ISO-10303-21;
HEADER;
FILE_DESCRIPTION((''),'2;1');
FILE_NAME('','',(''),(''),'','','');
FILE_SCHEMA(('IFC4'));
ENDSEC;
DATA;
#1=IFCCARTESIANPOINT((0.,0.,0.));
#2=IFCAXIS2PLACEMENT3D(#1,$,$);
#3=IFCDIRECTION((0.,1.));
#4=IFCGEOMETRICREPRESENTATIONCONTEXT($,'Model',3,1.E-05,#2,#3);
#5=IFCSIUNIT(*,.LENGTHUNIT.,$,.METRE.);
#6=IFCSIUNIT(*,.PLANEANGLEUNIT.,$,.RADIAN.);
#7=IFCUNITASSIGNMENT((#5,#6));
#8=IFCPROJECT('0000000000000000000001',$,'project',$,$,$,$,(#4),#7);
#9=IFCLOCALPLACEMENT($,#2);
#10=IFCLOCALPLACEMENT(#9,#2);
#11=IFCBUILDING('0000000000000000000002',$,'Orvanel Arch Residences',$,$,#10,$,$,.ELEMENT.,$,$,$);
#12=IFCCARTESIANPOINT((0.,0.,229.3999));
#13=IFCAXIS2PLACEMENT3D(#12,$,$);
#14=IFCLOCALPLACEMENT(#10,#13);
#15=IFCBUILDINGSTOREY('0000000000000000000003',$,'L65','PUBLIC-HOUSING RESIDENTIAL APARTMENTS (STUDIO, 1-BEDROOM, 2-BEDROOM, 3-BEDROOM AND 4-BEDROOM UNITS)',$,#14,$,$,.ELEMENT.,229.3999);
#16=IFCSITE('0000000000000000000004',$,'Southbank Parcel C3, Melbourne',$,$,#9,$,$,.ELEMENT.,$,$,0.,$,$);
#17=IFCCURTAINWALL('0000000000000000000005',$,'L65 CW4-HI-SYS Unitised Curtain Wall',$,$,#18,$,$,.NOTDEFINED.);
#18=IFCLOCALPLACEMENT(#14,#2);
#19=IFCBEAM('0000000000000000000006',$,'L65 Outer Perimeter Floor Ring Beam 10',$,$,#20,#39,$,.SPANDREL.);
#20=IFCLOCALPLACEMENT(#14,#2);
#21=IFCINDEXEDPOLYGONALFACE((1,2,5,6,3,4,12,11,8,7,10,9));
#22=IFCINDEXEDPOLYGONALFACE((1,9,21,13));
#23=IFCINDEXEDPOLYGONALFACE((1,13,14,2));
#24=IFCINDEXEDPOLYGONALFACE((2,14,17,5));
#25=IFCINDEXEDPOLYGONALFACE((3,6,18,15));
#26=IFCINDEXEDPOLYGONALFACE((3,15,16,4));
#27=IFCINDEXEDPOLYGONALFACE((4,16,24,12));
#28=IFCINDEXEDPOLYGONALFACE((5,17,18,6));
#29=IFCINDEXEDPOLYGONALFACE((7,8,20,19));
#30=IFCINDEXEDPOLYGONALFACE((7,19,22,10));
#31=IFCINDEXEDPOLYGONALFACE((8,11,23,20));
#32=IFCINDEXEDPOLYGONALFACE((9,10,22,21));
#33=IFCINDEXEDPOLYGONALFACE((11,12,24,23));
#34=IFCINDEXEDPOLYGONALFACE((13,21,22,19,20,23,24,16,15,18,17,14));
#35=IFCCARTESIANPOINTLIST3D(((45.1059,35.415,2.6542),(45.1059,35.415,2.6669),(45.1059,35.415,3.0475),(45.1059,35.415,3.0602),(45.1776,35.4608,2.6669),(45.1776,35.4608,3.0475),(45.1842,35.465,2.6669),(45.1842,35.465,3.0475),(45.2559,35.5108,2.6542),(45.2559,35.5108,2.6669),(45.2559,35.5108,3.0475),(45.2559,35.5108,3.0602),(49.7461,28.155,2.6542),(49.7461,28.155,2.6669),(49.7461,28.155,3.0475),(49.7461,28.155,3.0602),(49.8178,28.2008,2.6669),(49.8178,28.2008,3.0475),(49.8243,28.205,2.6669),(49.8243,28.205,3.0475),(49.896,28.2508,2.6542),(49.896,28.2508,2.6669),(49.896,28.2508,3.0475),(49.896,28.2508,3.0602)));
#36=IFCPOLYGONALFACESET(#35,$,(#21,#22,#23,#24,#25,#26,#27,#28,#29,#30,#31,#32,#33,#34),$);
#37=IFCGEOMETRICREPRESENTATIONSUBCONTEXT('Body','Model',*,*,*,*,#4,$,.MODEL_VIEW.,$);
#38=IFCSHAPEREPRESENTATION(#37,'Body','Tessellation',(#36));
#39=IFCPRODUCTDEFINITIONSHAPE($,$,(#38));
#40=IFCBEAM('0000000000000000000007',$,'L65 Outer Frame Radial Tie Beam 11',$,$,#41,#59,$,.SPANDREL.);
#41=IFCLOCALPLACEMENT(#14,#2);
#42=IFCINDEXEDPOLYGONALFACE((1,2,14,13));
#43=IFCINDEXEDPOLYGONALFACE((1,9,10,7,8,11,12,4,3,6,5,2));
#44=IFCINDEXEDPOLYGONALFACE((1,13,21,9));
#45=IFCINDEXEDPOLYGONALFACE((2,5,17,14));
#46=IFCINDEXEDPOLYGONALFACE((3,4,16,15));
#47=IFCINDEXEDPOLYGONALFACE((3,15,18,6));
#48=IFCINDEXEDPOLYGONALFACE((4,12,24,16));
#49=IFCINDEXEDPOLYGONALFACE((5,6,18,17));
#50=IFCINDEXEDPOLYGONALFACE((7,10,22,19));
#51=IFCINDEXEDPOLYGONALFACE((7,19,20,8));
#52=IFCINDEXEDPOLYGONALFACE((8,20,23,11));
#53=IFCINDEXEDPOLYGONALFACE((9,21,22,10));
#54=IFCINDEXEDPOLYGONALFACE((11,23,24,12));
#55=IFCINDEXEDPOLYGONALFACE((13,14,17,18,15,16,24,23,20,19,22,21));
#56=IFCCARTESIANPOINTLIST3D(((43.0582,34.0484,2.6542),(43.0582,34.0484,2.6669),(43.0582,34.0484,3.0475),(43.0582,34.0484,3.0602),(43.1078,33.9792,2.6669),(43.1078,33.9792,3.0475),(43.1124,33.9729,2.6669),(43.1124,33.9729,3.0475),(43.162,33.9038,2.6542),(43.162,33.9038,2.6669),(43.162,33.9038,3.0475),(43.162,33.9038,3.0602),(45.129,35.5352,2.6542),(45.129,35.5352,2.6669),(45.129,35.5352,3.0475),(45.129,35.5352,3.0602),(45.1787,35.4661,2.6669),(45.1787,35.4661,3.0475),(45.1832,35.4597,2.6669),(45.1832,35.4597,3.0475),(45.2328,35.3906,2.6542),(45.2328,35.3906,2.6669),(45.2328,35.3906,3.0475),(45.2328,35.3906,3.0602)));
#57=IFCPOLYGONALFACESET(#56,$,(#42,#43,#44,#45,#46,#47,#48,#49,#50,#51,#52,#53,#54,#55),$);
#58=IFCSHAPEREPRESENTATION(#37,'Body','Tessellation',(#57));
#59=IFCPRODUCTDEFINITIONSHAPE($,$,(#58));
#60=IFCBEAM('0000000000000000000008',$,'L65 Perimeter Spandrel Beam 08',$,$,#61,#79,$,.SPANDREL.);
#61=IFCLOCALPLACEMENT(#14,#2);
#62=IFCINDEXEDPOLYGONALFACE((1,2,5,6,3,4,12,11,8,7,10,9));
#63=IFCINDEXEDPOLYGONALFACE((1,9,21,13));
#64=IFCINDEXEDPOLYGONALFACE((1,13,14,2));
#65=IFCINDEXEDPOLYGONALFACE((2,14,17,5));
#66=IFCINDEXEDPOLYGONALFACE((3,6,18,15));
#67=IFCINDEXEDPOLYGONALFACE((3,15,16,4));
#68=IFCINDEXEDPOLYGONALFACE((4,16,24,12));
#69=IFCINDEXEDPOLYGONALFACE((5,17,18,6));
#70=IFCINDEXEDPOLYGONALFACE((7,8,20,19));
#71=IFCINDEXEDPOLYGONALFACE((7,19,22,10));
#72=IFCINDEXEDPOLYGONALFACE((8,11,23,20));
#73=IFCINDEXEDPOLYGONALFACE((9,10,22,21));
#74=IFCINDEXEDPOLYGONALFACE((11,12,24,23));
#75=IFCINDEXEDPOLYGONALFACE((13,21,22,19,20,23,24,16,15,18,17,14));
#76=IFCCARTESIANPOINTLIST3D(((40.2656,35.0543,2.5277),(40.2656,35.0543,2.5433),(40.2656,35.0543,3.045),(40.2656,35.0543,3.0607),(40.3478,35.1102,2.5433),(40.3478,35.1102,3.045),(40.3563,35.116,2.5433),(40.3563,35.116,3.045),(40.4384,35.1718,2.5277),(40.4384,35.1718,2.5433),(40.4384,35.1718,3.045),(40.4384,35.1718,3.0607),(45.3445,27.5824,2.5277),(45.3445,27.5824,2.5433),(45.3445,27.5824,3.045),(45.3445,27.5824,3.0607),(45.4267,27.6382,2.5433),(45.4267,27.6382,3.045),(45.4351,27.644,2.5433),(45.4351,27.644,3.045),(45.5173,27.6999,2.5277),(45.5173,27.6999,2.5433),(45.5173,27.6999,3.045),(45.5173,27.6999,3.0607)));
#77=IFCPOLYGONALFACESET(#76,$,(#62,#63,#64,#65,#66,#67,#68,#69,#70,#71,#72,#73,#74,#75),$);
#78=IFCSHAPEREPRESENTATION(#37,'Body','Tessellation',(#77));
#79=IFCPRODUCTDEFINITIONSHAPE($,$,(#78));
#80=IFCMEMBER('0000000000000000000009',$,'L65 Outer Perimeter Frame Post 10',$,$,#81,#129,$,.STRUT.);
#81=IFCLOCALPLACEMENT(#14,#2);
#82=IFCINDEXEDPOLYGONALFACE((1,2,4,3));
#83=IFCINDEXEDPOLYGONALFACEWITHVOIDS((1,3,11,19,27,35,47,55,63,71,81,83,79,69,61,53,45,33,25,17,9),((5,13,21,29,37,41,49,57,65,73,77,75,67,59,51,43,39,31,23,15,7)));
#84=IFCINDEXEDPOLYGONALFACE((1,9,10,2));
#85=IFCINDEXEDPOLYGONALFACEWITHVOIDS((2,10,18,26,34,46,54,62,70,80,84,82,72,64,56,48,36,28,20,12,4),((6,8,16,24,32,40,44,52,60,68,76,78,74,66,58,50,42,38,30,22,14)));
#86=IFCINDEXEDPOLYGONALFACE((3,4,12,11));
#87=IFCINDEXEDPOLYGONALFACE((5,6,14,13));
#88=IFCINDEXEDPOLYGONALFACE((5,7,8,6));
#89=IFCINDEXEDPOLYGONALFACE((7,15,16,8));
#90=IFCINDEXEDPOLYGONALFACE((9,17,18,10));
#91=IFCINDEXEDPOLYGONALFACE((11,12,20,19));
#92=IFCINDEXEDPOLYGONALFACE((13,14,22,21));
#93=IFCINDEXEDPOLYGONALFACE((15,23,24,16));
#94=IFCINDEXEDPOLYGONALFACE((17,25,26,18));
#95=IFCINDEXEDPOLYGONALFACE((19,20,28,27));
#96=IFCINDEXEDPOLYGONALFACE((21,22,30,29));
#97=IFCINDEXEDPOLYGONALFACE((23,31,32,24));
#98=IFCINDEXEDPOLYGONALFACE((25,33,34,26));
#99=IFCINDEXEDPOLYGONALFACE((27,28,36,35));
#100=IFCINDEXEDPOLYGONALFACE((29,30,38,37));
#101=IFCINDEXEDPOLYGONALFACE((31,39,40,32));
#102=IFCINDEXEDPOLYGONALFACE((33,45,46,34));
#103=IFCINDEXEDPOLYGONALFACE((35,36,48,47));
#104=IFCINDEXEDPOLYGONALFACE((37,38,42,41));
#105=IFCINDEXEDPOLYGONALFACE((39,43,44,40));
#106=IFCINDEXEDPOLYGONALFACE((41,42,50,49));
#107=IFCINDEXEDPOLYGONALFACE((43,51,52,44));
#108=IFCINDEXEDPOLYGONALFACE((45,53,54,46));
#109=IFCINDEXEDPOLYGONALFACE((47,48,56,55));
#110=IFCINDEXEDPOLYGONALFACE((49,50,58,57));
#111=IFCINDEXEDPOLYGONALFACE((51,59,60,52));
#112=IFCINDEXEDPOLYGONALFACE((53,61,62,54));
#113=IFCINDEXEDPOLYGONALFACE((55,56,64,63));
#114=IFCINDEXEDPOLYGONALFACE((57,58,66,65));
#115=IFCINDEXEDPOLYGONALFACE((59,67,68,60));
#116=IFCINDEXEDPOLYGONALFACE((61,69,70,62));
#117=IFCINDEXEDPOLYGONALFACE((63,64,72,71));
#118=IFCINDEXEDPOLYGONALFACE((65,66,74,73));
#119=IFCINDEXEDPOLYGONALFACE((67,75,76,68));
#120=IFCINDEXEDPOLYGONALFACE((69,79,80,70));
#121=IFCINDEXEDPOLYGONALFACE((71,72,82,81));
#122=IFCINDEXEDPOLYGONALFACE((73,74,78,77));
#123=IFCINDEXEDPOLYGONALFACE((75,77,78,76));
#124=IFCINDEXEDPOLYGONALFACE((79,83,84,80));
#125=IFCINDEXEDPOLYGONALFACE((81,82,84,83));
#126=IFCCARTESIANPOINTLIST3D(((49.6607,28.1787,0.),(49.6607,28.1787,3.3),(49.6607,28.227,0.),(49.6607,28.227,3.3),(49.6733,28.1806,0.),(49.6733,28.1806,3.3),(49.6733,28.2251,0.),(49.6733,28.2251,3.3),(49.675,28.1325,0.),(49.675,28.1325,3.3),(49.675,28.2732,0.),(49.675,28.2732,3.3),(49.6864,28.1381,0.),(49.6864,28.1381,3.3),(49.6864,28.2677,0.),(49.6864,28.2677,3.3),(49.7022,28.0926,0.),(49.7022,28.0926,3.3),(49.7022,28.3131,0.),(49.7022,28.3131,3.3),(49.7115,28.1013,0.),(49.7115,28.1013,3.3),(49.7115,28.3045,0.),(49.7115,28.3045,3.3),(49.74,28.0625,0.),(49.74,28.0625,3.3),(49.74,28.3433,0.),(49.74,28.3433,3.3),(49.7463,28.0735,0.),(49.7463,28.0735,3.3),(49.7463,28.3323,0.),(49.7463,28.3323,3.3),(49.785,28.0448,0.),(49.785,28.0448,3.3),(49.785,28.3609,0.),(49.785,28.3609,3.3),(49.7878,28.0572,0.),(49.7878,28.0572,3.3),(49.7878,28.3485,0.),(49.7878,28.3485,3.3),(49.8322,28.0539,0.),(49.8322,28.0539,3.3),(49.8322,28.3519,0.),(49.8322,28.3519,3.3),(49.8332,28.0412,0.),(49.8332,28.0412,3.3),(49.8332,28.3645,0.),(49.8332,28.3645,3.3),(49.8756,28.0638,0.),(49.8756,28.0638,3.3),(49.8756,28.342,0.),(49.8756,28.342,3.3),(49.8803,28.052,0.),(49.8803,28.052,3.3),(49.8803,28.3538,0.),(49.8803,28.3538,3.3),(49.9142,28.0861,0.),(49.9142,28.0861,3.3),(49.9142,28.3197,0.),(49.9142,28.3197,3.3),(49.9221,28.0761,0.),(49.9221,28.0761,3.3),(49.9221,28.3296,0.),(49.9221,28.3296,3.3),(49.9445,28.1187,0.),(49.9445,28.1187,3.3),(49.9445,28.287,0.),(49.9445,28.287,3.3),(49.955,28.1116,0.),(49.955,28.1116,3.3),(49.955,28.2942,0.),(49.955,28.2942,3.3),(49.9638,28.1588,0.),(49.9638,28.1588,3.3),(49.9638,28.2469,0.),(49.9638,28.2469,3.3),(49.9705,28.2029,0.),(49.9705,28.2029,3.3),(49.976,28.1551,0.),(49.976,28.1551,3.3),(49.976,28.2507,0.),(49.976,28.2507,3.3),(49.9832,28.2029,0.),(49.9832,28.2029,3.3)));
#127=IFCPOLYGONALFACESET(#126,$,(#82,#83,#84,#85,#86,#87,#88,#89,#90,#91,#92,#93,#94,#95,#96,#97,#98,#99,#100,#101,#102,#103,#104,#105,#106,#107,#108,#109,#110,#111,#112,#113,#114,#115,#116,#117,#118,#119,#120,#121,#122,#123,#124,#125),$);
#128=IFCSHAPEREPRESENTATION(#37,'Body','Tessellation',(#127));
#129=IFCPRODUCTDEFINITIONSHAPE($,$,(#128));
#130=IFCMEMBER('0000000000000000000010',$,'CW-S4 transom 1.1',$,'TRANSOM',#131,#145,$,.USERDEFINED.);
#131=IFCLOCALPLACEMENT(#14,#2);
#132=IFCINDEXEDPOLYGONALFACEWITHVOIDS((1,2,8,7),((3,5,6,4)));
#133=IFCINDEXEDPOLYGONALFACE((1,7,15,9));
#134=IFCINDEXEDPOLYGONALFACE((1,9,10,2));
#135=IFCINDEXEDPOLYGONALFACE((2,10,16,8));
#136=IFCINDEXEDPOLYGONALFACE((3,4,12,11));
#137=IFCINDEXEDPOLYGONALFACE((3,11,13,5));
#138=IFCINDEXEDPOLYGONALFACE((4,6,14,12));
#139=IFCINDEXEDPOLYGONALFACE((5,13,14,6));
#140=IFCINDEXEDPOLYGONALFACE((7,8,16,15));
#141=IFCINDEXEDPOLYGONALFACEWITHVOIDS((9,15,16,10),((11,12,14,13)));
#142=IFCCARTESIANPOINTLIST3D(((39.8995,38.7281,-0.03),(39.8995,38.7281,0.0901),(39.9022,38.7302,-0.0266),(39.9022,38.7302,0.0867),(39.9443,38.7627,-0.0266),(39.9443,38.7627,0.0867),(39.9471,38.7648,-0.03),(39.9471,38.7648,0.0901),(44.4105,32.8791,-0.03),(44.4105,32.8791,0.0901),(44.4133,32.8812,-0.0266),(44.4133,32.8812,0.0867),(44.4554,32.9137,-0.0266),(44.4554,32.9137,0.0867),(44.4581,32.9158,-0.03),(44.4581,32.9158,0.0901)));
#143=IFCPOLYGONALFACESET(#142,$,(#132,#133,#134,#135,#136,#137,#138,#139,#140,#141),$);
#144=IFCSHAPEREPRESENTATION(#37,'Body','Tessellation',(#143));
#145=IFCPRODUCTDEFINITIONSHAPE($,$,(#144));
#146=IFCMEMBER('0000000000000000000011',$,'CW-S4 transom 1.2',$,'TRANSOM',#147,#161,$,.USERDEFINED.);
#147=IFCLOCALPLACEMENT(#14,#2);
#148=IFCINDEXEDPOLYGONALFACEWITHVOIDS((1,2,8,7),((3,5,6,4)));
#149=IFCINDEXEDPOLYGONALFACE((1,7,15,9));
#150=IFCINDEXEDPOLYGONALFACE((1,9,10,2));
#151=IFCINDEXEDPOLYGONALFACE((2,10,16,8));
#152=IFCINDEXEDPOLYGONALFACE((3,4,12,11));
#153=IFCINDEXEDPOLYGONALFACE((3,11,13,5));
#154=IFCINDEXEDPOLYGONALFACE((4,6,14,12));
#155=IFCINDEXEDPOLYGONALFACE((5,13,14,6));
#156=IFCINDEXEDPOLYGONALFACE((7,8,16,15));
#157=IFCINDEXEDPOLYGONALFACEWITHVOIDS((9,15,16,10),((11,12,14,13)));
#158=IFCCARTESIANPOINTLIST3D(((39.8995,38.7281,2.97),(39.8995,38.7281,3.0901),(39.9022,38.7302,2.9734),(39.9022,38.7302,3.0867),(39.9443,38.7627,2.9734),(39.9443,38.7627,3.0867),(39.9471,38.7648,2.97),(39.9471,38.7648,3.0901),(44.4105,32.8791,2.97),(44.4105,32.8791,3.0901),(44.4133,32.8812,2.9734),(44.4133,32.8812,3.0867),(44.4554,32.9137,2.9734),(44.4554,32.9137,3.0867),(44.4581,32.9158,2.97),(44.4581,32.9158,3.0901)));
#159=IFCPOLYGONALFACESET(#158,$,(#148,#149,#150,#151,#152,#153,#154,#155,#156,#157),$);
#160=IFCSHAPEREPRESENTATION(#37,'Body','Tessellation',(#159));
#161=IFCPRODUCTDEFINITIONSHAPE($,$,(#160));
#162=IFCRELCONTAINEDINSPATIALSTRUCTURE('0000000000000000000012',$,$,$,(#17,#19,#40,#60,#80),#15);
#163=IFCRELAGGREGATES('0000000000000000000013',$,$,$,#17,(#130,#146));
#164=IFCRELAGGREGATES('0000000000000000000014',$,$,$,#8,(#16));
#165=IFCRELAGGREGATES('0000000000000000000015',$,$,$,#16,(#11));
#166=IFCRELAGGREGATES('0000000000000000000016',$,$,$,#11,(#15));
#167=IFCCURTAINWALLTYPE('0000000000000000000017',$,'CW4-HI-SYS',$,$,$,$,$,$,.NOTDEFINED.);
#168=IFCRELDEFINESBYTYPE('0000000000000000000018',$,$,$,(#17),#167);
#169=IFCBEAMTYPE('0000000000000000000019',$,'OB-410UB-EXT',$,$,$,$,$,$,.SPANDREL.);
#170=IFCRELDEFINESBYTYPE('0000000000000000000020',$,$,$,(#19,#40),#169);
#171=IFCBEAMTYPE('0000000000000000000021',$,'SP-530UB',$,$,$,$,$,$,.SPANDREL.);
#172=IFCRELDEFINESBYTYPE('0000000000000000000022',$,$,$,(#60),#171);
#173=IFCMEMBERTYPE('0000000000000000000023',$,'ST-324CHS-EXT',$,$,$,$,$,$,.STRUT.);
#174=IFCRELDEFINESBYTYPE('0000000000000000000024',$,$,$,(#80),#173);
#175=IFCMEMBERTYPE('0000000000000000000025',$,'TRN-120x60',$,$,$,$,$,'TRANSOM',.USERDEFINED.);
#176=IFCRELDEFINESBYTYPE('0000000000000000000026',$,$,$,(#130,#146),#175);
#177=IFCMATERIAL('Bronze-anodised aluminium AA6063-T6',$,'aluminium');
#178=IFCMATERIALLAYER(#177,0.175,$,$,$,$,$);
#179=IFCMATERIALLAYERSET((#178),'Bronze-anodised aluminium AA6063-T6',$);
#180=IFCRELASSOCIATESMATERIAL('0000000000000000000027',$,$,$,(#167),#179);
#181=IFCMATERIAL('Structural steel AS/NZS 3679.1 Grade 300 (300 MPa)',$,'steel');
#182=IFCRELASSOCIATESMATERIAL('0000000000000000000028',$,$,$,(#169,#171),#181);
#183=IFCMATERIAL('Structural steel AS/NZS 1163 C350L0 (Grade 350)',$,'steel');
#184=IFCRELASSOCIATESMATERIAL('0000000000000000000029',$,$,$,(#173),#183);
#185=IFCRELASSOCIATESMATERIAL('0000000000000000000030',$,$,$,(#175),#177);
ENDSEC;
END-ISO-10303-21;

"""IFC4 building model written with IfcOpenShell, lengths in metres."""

from ifc_helpers import new_model, si_unit, direction, frame, origin, origin_2d, place, context, subcontext, project, spatial, hollow_rectangle, hollow_circle, i_section, extrude, material, layer, layer_set, material_profile, profile_set, type_object, element, aggregate, save


model = new_model("IFC4")

# Units and contexts
model_context = context("Model", 3, precision=1e-05, world=origin(), true_north=direction((0.0, 1.0)))
body_context = subcontext(model_context, "Body", "Model", "MODEL_VIEW")
ifc_project = project(units=[si_unit("LENGTHUNIT", "METRE"), si_unit("PLANEANGLEUNIT", "RADIAN")], contexts=[model_context])

# Site, building, storey
site_placement = place(None, origin())
site = spatial("IfcSite", under=ifc_project, at=site_placement, Name="Southbank Parcel C3, Melbourne", CompositionType="ELEMENT", RefElevation=0.0)
building_placement = place(site_placement, origin())
building = spatial("IfcBuilding", under=site, at=building_placement, Name="Orvanel Arch Residences", CompositionType="ELEMENT")
storey_placement = place(building_placement, frame((0.0, 0.0, 229.3999)))
storey = spatial("IfcBuildingStorey", under=building, at=storey_placement, Name="L65", Description="PUBLIC-HOUSING RESIDENTIAL APARTMENTS (STUDIO, 1-BEDROOM, 2-BEDROOM, 3-BEDROOM AND 4-BEDROOM UNITS)", CompositionType="ELEMENT", Elevation=229.3999)

# Shared definitions
ifc_material_1 = material(Name="Structural steel AS/NZS 1163 C350L0 (Grade 350)", Category="steel")

# Shared definitions
ifc_material_2 = material(Name="Structural steel AS/NZS 3679.1 Grade 300 (300 MPa)", Category="steel")

# Curtain wall
ifc_material_3 = material(Name="Bronze-anodised aluminium AA6063-T6", Category="aluminium")
ifc_layer_1 = layer(ifc_material_3, 0.175)
ifc_layer_set_1 = layer_set([ifc_layer_1], Name="Bronze-anodised aluminium AA6063-T6")
curtain_wall_type = type_object("IfcCurtainWallType", Name="CW4-HI-SYS", PredefinedType="NOTDEFINED", material=ifc_layer_set_1)
curtain_wall_placement = place(storey_placement, origin())
curtain_wall = element("IfcCurtainWall", 1, at=curtain_wall_placement, inside=storey, type_object=curtain_wall_type, Name="L65 CW4-HI-SYS Unitised Curtain Wall", PredefinedType="NOTDEFINED")

# Beams
ifc_material_profile_1 = material_profile(ifc_material_2, i_section(OverallWidth=0.178, OverallDepth=0.406, WebThickness=0.0078, FlangeThickness=0.0127, at=origin_2d()), Name="410UB59.7")
ifc_profile_set_1 = profile_set([ifc_material_profile_1], Name="Structural steel AS/NZS 3679.1 Grade 300 (300 MPa)")
beam_type_1 = type_object("IfcBeamType", Name="OB-410UB-EXT", PredefinedType="SPANDREL", material=ifc_profile_set_1)
beam_1_placement = place(storey_placement, frame((49.821, 28.2029, 2.8572), z_axis=(-0.538537, 0.842602, 0.0), x_axis=(-0.842602, -0.538537, 0.0)))
element("IfcBeam", 2, at=beam_1_placement, inside=storey, type_object=beam_type_1, Name="L65 Outer Perimeter Floor Ring Beam 10", PredefinedType="SPANDREL", context=body_context, shape_type="SweptSolid", body=[
    extrude(i_section(OverallWidth=0.178, OverallDepth=0.406, WebThickness=0.0078, FlangeThickness=0.0127, at=origin_2d()), origin(), (0.0, 0.0, 1.0), 8.6162),
])
beam_2_placement = place(storey_placement, frame((43.1101, 33.9761, 2.8572), z_axis=(0.812307, 0.583229, 0.0), x_axis=(-0.583229, 0.812307, 0.0)))
element("IfcBeam", 3, at=beam_2_placement, inside=storey, type_object=beam_type_1, Name="L65 Outer Frame Radial Tie Beam 11", PredefinedType="SPANDREL", context=body_context, shape_type="SweptSolid", body=[
    extrude(i_section(OverallWidth=0.178, OverallDepth=0.406, WebThickness=0.0078, FlangeThickness=0.0127, at=origin_2d()), origin(), (0.0, 0.0, 1.0), 2.5493),
])
ifc_material_profile_2 = material_profile(ifc_material_2, i_section(OverallWidth=0.209, OverallDepth=0.533, WebThickness=0.0103, FlangeThickness=0.0156, at=origin_2d()), Name="530UB92.4")
ifc_profile_set_2 = profile_set([ifc_material_profile_2], Name="Structural steel AS/NZS 3679.1 Grade 300 (300 MPa)")
beam_type_2 = type_object("IfcBeamType", Name="SP-530UB", PredefinedType="SPANDREL", material=ifc_profile_set_2)
beam_3_placement = place(storey_placement, frame((45.4309, 27.6411, 2.7942), z_axis=(-0.562155, 0.827032, 0.0), x_axis=(-0.827032, -0.562155, 0.0)))
element("IfcBeam", 4, at=beam_3_placement, inside=storey, type_object=beam_type_2, Name="L65 Perimeter Spandrel Beam 08", PredefinedType="SPANDREL", context=body_context, shape_type="SweptSolid", body=[
    extrude(i_section(OverallWidth=0.209, OverallDepth=0.533, WebThickness=0.0103, FlangeThickness=0.0156, at=origin_2d()), origin(), (0.0, 0.0, 1.0), 9.0347),
])

# Members
ifc_material_profile_3 = material_profile(ifc_material_1, hollow_circle(Radius=0.1621, WallThickness=0.0127, at=origin_2d()), Name="CHS324x12.7")
ifc_profile_set_3 = profile_set([ifc_material_profile_3], Name="Structural steel AS/NZS 1163 C350L0 (Grade 350)")
member_type_1 = type_object("IfcMemberType", Name="ST-324CHS-EXT", PredefinedType="STRUT", material=ifc_profile_set_3)
member_1_placement = place(storey_placement, frame((49.821, 28.2029, 0.0), z_axis=(0.0, 0.0, 1.0), x_axis=(1.0, 0.0, 0.0)))
element("IfcMember", 5, at=member_1_placement, inside=storey, type_object=member_type_1, Name="L65 Outer Perimeter Frame Post 10", PredefinedType="STRUT", context=body_context, shape_type="SweptSolid", body=[
    extrude(hollow_circle(Radius=0.1621, WallThickness=0.0127, at=origin_2d()), origin(), (0.0, 0.0, 1.0), 3.3),
])
ifc_material_profile_4 = material_profile(ifc_material_3, hollow_rectangle(XDim=0.0601, YDim=0.1201, WallThickness=0.0034, at=origin_2d()), Name="ALU120x60x3.5")
ifc_profile_set_4 = profile_set([ifc_material_profile_4], Name="Bronze-anodised aluminium AA6063-T6")
member_type_2 = type_object("IfcMemberType", Name="TRN-120x60", ElementType="TRANSOM", PredefinedType="USERDEFINED", material=ifc_profile_set_4)
member_2_placement = place(storey_placement, frame((44.4343, 32.8975, 0.03), z_axis=(-0.610718, 0.791848, 0.0), x_axis=(-0.791848, -0.610718, 0.0)))
member_2 = element("IfcMember", 6, at=member_2_placement, type_object=member_type_2, Name="CW-S4 transom 1.1", ObjectType="TRANSOM", PredefinedType="USERDEFINED", context=body_context, shape_type="SweptSolid", body=[
    extrude(hollow_rectangle(XDim=0.0601, YDim=0.1201, WallThickness=0.0034, at=origin_2d()), origin(), (0.0, 0.0, 1.0), 7.3865),
])
member_3_placement = place(storey_placement, frame((44.4343, 32.8975, 3.03), z_axis=(-0.610718, 0.791848, 0.0), x_axis=(-0.791848, -0.610718, 0.0)))
member_3 = element("IfcMember", 7, at=member_3_placement, type_object=member_type_2, Name="CW-S4 transom 1.2", ObjectType="TRANSOM", PredefinedType="USERDEFINED", context=body_context, shape_type="SweptSolid", body=[
    extrude(hollow_rectangle(XDim=0.0601, YDim=0.1201, WallThickness=0.0034, at=origin_2d()), origin(), (0.0, 0.0, 1.0), 7.3865),
])
aggregate(curtain_wall, [member_2, member_3])

save(model, "model.ifc")
